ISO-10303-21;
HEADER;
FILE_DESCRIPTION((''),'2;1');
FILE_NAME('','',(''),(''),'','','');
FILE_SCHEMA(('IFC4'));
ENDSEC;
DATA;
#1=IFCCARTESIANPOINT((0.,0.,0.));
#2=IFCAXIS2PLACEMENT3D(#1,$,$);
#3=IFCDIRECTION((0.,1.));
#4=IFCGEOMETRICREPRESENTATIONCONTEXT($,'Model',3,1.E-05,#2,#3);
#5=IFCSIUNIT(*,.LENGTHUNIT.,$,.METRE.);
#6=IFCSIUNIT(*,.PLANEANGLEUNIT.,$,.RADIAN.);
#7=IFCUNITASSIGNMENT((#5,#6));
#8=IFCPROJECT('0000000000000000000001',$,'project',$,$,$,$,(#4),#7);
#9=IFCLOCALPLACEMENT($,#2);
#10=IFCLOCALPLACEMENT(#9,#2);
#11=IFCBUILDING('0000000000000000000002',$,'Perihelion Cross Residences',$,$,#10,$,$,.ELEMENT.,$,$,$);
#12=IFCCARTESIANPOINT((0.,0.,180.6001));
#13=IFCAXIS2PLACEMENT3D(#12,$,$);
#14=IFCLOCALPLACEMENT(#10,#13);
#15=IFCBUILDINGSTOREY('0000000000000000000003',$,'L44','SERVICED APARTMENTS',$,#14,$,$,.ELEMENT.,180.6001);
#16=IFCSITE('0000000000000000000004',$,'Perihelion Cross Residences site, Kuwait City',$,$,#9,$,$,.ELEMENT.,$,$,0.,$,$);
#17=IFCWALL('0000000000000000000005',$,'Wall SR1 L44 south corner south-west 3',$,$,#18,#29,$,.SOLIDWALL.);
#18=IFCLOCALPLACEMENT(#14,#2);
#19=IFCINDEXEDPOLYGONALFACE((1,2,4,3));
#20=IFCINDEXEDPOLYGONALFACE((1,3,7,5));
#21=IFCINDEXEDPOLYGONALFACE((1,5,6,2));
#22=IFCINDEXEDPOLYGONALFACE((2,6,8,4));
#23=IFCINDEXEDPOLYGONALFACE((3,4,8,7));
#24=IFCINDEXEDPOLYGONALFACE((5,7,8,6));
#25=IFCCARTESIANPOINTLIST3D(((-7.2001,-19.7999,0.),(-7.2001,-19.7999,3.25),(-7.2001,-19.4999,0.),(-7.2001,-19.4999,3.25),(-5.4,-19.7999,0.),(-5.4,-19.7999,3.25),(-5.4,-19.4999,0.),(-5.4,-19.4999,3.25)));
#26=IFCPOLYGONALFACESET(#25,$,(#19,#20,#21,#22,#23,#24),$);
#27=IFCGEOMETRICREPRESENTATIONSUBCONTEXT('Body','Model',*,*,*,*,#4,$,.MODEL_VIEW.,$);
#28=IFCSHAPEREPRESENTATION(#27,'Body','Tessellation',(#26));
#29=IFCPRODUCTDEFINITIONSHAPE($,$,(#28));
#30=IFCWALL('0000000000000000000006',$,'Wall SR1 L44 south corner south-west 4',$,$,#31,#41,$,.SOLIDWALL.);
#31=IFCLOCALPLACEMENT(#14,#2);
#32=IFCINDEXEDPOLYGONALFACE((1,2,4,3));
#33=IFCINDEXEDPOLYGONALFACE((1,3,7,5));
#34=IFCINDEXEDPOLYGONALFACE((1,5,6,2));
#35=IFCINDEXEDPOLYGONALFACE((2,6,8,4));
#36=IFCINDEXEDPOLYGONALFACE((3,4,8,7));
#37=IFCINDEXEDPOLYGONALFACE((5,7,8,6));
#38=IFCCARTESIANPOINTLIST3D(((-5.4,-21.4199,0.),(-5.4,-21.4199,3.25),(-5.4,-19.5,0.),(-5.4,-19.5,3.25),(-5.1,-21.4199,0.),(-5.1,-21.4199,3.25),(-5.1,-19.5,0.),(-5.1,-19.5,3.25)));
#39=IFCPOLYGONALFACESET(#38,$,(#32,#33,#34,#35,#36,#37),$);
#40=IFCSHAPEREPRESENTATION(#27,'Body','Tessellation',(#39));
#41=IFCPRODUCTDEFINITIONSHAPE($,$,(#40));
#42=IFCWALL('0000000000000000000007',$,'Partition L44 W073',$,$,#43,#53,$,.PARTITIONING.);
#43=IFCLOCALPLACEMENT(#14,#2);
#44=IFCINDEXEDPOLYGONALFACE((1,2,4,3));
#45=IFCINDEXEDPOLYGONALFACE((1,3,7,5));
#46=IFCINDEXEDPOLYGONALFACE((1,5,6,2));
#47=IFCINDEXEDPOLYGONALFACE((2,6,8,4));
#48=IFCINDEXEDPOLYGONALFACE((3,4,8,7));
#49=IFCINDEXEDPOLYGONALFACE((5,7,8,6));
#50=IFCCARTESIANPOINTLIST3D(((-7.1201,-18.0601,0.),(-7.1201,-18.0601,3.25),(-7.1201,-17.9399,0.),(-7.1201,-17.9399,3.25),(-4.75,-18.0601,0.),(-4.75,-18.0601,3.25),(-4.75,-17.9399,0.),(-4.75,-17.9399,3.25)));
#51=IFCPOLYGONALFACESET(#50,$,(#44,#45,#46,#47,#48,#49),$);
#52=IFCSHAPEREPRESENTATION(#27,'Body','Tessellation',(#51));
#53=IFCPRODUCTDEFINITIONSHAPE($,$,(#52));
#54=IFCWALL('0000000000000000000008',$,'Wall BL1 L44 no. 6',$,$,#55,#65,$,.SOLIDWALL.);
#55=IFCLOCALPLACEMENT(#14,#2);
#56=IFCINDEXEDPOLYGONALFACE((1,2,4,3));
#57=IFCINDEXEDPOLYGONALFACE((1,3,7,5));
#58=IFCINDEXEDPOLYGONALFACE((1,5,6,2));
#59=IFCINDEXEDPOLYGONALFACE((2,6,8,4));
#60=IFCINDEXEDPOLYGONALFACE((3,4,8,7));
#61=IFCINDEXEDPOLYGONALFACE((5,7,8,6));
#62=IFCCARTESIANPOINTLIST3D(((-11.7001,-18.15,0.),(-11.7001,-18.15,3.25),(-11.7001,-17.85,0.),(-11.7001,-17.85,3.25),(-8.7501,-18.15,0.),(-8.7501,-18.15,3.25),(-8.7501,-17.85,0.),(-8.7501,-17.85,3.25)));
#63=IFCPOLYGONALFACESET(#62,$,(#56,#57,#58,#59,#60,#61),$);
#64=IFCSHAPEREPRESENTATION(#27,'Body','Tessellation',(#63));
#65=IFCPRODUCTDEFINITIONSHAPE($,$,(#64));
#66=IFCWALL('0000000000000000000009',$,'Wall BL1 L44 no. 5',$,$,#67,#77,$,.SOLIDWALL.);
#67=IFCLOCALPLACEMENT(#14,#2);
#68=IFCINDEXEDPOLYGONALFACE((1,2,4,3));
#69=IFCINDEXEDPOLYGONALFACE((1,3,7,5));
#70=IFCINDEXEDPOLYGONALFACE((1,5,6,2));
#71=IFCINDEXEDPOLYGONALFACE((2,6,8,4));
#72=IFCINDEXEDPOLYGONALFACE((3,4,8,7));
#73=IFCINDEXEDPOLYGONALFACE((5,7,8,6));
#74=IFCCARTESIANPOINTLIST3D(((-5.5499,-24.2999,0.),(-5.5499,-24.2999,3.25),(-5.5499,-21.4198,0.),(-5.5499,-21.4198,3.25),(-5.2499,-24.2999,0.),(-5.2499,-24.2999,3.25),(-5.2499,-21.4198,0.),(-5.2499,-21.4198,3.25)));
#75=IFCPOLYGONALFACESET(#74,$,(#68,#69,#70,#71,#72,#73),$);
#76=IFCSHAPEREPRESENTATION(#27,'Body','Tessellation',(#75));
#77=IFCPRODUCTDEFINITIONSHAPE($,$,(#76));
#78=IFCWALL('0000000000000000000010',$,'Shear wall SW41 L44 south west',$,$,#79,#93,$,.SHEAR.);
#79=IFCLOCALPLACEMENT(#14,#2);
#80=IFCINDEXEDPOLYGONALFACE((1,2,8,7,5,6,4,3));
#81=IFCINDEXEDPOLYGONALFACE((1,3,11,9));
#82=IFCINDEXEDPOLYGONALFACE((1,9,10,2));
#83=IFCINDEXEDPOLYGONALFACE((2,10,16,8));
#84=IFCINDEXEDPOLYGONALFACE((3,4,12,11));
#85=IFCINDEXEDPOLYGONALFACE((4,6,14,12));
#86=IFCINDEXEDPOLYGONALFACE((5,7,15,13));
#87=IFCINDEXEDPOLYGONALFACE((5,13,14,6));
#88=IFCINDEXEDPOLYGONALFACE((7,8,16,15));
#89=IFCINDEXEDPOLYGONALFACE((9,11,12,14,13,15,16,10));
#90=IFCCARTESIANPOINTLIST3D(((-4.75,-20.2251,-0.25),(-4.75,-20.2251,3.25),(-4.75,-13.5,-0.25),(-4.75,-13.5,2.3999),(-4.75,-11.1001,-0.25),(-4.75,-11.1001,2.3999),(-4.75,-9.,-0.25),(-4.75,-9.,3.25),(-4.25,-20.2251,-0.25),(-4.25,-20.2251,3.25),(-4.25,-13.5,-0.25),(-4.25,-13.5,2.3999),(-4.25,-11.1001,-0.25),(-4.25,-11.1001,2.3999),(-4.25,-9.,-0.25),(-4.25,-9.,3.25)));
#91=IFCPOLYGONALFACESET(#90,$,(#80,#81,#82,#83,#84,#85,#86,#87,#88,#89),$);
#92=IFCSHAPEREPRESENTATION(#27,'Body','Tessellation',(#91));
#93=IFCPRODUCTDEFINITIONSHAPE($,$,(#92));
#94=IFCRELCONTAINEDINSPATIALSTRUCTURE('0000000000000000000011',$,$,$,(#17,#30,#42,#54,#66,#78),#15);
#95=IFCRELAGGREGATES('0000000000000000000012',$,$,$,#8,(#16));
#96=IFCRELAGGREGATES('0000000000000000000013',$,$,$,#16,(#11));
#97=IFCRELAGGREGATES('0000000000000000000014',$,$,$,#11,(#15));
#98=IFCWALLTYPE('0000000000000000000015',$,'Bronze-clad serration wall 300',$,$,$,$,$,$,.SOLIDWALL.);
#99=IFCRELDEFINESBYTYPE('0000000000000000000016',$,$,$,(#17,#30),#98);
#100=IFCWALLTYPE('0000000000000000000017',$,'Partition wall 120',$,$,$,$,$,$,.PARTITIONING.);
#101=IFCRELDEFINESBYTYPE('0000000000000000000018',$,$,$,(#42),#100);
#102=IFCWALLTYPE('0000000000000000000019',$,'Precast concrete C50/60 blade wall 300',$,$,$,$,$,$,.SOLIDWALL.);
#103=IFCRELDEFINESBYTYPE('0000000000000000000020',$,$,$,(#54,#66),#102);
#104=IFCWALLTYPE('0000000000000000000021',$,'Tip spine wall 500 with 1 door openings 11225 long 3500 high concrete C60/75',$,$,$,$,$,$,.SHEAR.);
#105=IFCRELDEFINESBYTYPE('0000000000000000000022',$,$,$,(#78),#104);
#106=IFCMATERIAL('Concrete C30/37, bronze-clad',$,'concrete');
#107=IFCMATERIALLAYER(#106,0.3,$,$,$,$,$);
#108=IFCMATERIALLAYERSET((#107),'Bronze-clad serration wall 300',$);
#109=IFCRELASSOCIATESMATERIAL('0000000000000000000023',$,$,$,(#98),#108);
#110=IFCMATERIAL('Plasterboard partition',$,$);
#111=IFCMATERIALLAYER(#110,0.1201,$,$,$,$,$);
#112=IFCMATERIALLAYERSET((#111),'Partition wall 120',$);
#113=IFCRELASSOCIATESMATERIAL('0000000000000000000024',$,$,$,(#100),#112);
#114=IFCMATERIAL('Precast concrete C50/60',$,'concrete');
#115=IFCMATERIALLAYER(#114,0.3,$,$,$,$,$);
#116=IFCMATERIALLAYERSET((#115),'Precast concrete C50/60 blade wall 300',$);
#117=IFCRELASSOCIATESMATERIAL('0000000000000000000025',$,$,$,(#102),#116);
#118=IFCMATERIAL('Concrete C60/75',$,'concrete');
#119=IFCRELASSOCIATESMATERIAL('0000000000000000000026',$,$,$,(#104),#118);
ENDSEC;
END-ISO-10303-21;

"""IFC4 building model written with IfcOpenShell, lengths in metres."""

from ifc_helpers import new_model, si_unit, direction, frame, frame_2d, origin, place, context, subcontext, project, spatial, polyline, rectangle, outline, extrude, material, layer, layer_set, material_profile, profile_set, type_object, element, save


model = new_model("IFC4")

# Units and contexts
model_context = context("Model", 3, precision=1e-05, world=origin(), true_north=direction((0.0, 1.0)))
body_context = subcontext(model_context, "Body", "Model", "MODEL_VIEW")
ifc_project = project(units=[si_unit("LENGTHUNIT", "METRE"), si_unit("PLANEANGLEUNIT", "RADIAN")], contexts=[model_context])

# Site, building, storey
site_placement = place(None, origin())
site = spatial("IfcSite", under=ifc_project, at=site_placement, Name="Perihelion Cross Residences site, Kuwait City", CompositionType="ELEMENT", RefElevation=0.0)
building_placement = place(site_placement, origin())
building = spatial("IfcBuilding", under=site, at=building_placement, Name="Perihelion Cross Residences", CompositionType="ELEMENT")
storey_placement = place(building_placement, frame((0.0, 0.0, 180.6001)))
storey = spatial("IfcBuildingStorey", under=building, at=storey_placement, Name="L44", Description="SERVICED APARTMENTS", CompositionType="ELEMENT", Elevation=180.6001)

# Walls
ifc_material_1 = material(Name="Concrete C30/37, bronze-clad", Category="concrete")
ifc_layer_1 = layer(ifc_material_1, 0.3)
ifc_layer_set_1 = layer_set([ifc_layer_1], Name="Bronze-clad serration wall 300")
wall_type_1 = type_object("IfcWallType", Name="Bronze-clad serration wall 300", PredefinedType="SOLIDWALL", material=ifc_layer_set_1)
for number, where, z_axis, x_axis, name in (
    (1, (-7.2, -19.6499, 0.0), (0.0, 0.0, 1.0), (1.0, 0.0, 0.0), "Wall SR1 L44 south corner south-west 3"),
):
    element("IfcWall", number, at=place(storey_placement, frame(where, z_axis=z_axis, x_axis=x_axis)), inside=storey, type_object=wall_type_1, Name=name, PredefinedType="SOLIDWALL", context=body_context, shape_type="SweptSolid", body=[
        extrude(rectangle(XDim=1.8, YDim=0.3, at=frame_2d((0.8999, 0.0))), origin(), (0.0, 0.0, 1.0), 3.25),
    ])
wall_1_placement = place(storey_placement, frame((-5.25, -19.5, 0.0), z_axis=(0.0, 0.0, 1.0), x_axis=(0.0, -1.0, 0.0)))
element("IfcWall", 2, at=wall_1_placement, inside=storey, type_object=wall_type_1, Name="Wall SR1 L44 south corner south-west 4", PredefinedType="SOLIDWALL", context=body_context, shape_type="SweptSolid", body=[
    extrude(rectangle(XDim=1.9199, YDim=0.3, at=frame_2d((0.96, 0.0))), origin(), (0.0, 0.0, 1.0), 3.25),
])
ifc_material_2 = material(Name="Plasterboard partition")
ifc_layer_2 = layer(ifc_material_2, 0.1201)
ifc_layer_set_2 = layer_set([ifc_layer_2], Name="Partition wall 120")
wall_type_2 = type_object("IfcWallType", Name="Partition wall 120", PredefinedType="PARTITIONING", material=ifc_layer_set_2)
wall_2_placement = place(storey_placement, frame((-4.75, -18.0, 0.0), z_axis=(0.0, 0.0, 1.0), x_axis=(-1.0, 0.0, 0.0)))
element("IfcWall", 3, at=wall_2_placement, inside=storey, type_object=wall_type_2, Name="Partition L44 W073", PredefinedType="PARTITIONING", context=body_context, shape_type="SweptSolid", body=[
    extrude(rectangle(XDim=2.3701, YDim=0.1201, at=frame_2d((1.1851, 0.0))), origin(), (0.0, 0.0, 1.0), 3.25),
])
ifc_material_3 = material(Name="Precast concrete C50/60", Category="concrete")
ifc_layer_3 = layer(ifc_material_3, 0.3)
ifc_layer_set_3 = layer_set([ifc_layer_3], Name="Precast concrete C50/60 blade wall 300")
wall_type_3 = type_object("IfcWallType", Name="Precast concrete C50/60 blade wall 300", PredefinedType="SOLIDWALL", material=ifc_layer_set_3)
wall_3_placement = place(storey_placement, frame((-8.75, -18.0, 0.0), z_axis=(0.0, 0.0, 1.0), x_axis=(-1.0, 0.0, 0.0)))
element("IfcWall", 4, at=wall_3_placement, inside=storey, type_object=wall_type_3, Name="Wall BL1 L44 no. 6", PredefinedType="SOLIDWALL", context=body_context, shape_type="SweptSolid", body=[
    extrude(rectangle(XDim=2.95, YDim=0.3, at=frame_2d((1.4751, 0.0))), origin(), (0.0, 0.0, 1.0), 3.25),
])
wall_4_placement = place(storey_placement, frame((-5.3999, -21.4199, 0.0), z_axis=(0.0, 0.0, 1.0), x_axis=(0.0, -1.0, 0.0)))
element("IfcWall", 5, at=wall_4_placement, inside=storey, type_object=wall_type_3, Name="Wall BL1 L44 no. 5", PredefinedType="SOLIDWALL", context=body_context, shape_type="SweptSolid", body=[
    extrude(rectangle(XDim=2.8801, YDim=0.3, at=frame_2d((1.4399, 0.0))), origin(), (0.0, 0.0, 1.0), 3.25),
])
ifc_material_4 = material(Name="Concrete C60/75", Category="concrete")
ifc_material_profile_1 = material_profile(ifc_material_4, outline(polyline([(0.0, 0.0), (6.7251, 0.0), (6.7251, 2.6499), (9.125, 2.6499), (9.125, 0.0), (11.2251, 0.0), (11.2251, 3.5), (0.0, 3.5), (0.0, 0.0)])), Name="Tip spine wall")
ifc_profile_set_1 = profile_set([ifc_material_profile_1], Name="Concrete C60/75")
wall_type_4 = type_object("IfcWallType", Name="Tip spine wall 500 with 1 door openings 11225 long 3500 high concrete C60/75", PredefinedType="SHEAR", material=ifc_profile_set_1)
wall_5_placement = place(storey_placement, frame((-4.75, -20.2251, -0.25), z_axis=(1.0, 0.0, 0.0), x_axis=(0.0, 1.0, 0.0)))
element("IfcWall", 6, at=wall_5_placement, inside=storey, type_object=wall_type_4, Name="Shear wall SW41 L44 south west", PredefinedType="SHEAR", context=body_context, shape_type="SweptSolid", body=[
    extrude(outline(polyline([(0.0, 0.0), (6.7251, 0.0), (6.7251, 2.6499), (9.125, 2.6499), (9.125, 0.0), (11.2251, 0.0), (11.2251, 3.5), (0.0, 3.5), (0.0, 0.0)])), origin(), (0.0, 0.0, 1.0), 0.5),
])

save(model, "model.ifc")
